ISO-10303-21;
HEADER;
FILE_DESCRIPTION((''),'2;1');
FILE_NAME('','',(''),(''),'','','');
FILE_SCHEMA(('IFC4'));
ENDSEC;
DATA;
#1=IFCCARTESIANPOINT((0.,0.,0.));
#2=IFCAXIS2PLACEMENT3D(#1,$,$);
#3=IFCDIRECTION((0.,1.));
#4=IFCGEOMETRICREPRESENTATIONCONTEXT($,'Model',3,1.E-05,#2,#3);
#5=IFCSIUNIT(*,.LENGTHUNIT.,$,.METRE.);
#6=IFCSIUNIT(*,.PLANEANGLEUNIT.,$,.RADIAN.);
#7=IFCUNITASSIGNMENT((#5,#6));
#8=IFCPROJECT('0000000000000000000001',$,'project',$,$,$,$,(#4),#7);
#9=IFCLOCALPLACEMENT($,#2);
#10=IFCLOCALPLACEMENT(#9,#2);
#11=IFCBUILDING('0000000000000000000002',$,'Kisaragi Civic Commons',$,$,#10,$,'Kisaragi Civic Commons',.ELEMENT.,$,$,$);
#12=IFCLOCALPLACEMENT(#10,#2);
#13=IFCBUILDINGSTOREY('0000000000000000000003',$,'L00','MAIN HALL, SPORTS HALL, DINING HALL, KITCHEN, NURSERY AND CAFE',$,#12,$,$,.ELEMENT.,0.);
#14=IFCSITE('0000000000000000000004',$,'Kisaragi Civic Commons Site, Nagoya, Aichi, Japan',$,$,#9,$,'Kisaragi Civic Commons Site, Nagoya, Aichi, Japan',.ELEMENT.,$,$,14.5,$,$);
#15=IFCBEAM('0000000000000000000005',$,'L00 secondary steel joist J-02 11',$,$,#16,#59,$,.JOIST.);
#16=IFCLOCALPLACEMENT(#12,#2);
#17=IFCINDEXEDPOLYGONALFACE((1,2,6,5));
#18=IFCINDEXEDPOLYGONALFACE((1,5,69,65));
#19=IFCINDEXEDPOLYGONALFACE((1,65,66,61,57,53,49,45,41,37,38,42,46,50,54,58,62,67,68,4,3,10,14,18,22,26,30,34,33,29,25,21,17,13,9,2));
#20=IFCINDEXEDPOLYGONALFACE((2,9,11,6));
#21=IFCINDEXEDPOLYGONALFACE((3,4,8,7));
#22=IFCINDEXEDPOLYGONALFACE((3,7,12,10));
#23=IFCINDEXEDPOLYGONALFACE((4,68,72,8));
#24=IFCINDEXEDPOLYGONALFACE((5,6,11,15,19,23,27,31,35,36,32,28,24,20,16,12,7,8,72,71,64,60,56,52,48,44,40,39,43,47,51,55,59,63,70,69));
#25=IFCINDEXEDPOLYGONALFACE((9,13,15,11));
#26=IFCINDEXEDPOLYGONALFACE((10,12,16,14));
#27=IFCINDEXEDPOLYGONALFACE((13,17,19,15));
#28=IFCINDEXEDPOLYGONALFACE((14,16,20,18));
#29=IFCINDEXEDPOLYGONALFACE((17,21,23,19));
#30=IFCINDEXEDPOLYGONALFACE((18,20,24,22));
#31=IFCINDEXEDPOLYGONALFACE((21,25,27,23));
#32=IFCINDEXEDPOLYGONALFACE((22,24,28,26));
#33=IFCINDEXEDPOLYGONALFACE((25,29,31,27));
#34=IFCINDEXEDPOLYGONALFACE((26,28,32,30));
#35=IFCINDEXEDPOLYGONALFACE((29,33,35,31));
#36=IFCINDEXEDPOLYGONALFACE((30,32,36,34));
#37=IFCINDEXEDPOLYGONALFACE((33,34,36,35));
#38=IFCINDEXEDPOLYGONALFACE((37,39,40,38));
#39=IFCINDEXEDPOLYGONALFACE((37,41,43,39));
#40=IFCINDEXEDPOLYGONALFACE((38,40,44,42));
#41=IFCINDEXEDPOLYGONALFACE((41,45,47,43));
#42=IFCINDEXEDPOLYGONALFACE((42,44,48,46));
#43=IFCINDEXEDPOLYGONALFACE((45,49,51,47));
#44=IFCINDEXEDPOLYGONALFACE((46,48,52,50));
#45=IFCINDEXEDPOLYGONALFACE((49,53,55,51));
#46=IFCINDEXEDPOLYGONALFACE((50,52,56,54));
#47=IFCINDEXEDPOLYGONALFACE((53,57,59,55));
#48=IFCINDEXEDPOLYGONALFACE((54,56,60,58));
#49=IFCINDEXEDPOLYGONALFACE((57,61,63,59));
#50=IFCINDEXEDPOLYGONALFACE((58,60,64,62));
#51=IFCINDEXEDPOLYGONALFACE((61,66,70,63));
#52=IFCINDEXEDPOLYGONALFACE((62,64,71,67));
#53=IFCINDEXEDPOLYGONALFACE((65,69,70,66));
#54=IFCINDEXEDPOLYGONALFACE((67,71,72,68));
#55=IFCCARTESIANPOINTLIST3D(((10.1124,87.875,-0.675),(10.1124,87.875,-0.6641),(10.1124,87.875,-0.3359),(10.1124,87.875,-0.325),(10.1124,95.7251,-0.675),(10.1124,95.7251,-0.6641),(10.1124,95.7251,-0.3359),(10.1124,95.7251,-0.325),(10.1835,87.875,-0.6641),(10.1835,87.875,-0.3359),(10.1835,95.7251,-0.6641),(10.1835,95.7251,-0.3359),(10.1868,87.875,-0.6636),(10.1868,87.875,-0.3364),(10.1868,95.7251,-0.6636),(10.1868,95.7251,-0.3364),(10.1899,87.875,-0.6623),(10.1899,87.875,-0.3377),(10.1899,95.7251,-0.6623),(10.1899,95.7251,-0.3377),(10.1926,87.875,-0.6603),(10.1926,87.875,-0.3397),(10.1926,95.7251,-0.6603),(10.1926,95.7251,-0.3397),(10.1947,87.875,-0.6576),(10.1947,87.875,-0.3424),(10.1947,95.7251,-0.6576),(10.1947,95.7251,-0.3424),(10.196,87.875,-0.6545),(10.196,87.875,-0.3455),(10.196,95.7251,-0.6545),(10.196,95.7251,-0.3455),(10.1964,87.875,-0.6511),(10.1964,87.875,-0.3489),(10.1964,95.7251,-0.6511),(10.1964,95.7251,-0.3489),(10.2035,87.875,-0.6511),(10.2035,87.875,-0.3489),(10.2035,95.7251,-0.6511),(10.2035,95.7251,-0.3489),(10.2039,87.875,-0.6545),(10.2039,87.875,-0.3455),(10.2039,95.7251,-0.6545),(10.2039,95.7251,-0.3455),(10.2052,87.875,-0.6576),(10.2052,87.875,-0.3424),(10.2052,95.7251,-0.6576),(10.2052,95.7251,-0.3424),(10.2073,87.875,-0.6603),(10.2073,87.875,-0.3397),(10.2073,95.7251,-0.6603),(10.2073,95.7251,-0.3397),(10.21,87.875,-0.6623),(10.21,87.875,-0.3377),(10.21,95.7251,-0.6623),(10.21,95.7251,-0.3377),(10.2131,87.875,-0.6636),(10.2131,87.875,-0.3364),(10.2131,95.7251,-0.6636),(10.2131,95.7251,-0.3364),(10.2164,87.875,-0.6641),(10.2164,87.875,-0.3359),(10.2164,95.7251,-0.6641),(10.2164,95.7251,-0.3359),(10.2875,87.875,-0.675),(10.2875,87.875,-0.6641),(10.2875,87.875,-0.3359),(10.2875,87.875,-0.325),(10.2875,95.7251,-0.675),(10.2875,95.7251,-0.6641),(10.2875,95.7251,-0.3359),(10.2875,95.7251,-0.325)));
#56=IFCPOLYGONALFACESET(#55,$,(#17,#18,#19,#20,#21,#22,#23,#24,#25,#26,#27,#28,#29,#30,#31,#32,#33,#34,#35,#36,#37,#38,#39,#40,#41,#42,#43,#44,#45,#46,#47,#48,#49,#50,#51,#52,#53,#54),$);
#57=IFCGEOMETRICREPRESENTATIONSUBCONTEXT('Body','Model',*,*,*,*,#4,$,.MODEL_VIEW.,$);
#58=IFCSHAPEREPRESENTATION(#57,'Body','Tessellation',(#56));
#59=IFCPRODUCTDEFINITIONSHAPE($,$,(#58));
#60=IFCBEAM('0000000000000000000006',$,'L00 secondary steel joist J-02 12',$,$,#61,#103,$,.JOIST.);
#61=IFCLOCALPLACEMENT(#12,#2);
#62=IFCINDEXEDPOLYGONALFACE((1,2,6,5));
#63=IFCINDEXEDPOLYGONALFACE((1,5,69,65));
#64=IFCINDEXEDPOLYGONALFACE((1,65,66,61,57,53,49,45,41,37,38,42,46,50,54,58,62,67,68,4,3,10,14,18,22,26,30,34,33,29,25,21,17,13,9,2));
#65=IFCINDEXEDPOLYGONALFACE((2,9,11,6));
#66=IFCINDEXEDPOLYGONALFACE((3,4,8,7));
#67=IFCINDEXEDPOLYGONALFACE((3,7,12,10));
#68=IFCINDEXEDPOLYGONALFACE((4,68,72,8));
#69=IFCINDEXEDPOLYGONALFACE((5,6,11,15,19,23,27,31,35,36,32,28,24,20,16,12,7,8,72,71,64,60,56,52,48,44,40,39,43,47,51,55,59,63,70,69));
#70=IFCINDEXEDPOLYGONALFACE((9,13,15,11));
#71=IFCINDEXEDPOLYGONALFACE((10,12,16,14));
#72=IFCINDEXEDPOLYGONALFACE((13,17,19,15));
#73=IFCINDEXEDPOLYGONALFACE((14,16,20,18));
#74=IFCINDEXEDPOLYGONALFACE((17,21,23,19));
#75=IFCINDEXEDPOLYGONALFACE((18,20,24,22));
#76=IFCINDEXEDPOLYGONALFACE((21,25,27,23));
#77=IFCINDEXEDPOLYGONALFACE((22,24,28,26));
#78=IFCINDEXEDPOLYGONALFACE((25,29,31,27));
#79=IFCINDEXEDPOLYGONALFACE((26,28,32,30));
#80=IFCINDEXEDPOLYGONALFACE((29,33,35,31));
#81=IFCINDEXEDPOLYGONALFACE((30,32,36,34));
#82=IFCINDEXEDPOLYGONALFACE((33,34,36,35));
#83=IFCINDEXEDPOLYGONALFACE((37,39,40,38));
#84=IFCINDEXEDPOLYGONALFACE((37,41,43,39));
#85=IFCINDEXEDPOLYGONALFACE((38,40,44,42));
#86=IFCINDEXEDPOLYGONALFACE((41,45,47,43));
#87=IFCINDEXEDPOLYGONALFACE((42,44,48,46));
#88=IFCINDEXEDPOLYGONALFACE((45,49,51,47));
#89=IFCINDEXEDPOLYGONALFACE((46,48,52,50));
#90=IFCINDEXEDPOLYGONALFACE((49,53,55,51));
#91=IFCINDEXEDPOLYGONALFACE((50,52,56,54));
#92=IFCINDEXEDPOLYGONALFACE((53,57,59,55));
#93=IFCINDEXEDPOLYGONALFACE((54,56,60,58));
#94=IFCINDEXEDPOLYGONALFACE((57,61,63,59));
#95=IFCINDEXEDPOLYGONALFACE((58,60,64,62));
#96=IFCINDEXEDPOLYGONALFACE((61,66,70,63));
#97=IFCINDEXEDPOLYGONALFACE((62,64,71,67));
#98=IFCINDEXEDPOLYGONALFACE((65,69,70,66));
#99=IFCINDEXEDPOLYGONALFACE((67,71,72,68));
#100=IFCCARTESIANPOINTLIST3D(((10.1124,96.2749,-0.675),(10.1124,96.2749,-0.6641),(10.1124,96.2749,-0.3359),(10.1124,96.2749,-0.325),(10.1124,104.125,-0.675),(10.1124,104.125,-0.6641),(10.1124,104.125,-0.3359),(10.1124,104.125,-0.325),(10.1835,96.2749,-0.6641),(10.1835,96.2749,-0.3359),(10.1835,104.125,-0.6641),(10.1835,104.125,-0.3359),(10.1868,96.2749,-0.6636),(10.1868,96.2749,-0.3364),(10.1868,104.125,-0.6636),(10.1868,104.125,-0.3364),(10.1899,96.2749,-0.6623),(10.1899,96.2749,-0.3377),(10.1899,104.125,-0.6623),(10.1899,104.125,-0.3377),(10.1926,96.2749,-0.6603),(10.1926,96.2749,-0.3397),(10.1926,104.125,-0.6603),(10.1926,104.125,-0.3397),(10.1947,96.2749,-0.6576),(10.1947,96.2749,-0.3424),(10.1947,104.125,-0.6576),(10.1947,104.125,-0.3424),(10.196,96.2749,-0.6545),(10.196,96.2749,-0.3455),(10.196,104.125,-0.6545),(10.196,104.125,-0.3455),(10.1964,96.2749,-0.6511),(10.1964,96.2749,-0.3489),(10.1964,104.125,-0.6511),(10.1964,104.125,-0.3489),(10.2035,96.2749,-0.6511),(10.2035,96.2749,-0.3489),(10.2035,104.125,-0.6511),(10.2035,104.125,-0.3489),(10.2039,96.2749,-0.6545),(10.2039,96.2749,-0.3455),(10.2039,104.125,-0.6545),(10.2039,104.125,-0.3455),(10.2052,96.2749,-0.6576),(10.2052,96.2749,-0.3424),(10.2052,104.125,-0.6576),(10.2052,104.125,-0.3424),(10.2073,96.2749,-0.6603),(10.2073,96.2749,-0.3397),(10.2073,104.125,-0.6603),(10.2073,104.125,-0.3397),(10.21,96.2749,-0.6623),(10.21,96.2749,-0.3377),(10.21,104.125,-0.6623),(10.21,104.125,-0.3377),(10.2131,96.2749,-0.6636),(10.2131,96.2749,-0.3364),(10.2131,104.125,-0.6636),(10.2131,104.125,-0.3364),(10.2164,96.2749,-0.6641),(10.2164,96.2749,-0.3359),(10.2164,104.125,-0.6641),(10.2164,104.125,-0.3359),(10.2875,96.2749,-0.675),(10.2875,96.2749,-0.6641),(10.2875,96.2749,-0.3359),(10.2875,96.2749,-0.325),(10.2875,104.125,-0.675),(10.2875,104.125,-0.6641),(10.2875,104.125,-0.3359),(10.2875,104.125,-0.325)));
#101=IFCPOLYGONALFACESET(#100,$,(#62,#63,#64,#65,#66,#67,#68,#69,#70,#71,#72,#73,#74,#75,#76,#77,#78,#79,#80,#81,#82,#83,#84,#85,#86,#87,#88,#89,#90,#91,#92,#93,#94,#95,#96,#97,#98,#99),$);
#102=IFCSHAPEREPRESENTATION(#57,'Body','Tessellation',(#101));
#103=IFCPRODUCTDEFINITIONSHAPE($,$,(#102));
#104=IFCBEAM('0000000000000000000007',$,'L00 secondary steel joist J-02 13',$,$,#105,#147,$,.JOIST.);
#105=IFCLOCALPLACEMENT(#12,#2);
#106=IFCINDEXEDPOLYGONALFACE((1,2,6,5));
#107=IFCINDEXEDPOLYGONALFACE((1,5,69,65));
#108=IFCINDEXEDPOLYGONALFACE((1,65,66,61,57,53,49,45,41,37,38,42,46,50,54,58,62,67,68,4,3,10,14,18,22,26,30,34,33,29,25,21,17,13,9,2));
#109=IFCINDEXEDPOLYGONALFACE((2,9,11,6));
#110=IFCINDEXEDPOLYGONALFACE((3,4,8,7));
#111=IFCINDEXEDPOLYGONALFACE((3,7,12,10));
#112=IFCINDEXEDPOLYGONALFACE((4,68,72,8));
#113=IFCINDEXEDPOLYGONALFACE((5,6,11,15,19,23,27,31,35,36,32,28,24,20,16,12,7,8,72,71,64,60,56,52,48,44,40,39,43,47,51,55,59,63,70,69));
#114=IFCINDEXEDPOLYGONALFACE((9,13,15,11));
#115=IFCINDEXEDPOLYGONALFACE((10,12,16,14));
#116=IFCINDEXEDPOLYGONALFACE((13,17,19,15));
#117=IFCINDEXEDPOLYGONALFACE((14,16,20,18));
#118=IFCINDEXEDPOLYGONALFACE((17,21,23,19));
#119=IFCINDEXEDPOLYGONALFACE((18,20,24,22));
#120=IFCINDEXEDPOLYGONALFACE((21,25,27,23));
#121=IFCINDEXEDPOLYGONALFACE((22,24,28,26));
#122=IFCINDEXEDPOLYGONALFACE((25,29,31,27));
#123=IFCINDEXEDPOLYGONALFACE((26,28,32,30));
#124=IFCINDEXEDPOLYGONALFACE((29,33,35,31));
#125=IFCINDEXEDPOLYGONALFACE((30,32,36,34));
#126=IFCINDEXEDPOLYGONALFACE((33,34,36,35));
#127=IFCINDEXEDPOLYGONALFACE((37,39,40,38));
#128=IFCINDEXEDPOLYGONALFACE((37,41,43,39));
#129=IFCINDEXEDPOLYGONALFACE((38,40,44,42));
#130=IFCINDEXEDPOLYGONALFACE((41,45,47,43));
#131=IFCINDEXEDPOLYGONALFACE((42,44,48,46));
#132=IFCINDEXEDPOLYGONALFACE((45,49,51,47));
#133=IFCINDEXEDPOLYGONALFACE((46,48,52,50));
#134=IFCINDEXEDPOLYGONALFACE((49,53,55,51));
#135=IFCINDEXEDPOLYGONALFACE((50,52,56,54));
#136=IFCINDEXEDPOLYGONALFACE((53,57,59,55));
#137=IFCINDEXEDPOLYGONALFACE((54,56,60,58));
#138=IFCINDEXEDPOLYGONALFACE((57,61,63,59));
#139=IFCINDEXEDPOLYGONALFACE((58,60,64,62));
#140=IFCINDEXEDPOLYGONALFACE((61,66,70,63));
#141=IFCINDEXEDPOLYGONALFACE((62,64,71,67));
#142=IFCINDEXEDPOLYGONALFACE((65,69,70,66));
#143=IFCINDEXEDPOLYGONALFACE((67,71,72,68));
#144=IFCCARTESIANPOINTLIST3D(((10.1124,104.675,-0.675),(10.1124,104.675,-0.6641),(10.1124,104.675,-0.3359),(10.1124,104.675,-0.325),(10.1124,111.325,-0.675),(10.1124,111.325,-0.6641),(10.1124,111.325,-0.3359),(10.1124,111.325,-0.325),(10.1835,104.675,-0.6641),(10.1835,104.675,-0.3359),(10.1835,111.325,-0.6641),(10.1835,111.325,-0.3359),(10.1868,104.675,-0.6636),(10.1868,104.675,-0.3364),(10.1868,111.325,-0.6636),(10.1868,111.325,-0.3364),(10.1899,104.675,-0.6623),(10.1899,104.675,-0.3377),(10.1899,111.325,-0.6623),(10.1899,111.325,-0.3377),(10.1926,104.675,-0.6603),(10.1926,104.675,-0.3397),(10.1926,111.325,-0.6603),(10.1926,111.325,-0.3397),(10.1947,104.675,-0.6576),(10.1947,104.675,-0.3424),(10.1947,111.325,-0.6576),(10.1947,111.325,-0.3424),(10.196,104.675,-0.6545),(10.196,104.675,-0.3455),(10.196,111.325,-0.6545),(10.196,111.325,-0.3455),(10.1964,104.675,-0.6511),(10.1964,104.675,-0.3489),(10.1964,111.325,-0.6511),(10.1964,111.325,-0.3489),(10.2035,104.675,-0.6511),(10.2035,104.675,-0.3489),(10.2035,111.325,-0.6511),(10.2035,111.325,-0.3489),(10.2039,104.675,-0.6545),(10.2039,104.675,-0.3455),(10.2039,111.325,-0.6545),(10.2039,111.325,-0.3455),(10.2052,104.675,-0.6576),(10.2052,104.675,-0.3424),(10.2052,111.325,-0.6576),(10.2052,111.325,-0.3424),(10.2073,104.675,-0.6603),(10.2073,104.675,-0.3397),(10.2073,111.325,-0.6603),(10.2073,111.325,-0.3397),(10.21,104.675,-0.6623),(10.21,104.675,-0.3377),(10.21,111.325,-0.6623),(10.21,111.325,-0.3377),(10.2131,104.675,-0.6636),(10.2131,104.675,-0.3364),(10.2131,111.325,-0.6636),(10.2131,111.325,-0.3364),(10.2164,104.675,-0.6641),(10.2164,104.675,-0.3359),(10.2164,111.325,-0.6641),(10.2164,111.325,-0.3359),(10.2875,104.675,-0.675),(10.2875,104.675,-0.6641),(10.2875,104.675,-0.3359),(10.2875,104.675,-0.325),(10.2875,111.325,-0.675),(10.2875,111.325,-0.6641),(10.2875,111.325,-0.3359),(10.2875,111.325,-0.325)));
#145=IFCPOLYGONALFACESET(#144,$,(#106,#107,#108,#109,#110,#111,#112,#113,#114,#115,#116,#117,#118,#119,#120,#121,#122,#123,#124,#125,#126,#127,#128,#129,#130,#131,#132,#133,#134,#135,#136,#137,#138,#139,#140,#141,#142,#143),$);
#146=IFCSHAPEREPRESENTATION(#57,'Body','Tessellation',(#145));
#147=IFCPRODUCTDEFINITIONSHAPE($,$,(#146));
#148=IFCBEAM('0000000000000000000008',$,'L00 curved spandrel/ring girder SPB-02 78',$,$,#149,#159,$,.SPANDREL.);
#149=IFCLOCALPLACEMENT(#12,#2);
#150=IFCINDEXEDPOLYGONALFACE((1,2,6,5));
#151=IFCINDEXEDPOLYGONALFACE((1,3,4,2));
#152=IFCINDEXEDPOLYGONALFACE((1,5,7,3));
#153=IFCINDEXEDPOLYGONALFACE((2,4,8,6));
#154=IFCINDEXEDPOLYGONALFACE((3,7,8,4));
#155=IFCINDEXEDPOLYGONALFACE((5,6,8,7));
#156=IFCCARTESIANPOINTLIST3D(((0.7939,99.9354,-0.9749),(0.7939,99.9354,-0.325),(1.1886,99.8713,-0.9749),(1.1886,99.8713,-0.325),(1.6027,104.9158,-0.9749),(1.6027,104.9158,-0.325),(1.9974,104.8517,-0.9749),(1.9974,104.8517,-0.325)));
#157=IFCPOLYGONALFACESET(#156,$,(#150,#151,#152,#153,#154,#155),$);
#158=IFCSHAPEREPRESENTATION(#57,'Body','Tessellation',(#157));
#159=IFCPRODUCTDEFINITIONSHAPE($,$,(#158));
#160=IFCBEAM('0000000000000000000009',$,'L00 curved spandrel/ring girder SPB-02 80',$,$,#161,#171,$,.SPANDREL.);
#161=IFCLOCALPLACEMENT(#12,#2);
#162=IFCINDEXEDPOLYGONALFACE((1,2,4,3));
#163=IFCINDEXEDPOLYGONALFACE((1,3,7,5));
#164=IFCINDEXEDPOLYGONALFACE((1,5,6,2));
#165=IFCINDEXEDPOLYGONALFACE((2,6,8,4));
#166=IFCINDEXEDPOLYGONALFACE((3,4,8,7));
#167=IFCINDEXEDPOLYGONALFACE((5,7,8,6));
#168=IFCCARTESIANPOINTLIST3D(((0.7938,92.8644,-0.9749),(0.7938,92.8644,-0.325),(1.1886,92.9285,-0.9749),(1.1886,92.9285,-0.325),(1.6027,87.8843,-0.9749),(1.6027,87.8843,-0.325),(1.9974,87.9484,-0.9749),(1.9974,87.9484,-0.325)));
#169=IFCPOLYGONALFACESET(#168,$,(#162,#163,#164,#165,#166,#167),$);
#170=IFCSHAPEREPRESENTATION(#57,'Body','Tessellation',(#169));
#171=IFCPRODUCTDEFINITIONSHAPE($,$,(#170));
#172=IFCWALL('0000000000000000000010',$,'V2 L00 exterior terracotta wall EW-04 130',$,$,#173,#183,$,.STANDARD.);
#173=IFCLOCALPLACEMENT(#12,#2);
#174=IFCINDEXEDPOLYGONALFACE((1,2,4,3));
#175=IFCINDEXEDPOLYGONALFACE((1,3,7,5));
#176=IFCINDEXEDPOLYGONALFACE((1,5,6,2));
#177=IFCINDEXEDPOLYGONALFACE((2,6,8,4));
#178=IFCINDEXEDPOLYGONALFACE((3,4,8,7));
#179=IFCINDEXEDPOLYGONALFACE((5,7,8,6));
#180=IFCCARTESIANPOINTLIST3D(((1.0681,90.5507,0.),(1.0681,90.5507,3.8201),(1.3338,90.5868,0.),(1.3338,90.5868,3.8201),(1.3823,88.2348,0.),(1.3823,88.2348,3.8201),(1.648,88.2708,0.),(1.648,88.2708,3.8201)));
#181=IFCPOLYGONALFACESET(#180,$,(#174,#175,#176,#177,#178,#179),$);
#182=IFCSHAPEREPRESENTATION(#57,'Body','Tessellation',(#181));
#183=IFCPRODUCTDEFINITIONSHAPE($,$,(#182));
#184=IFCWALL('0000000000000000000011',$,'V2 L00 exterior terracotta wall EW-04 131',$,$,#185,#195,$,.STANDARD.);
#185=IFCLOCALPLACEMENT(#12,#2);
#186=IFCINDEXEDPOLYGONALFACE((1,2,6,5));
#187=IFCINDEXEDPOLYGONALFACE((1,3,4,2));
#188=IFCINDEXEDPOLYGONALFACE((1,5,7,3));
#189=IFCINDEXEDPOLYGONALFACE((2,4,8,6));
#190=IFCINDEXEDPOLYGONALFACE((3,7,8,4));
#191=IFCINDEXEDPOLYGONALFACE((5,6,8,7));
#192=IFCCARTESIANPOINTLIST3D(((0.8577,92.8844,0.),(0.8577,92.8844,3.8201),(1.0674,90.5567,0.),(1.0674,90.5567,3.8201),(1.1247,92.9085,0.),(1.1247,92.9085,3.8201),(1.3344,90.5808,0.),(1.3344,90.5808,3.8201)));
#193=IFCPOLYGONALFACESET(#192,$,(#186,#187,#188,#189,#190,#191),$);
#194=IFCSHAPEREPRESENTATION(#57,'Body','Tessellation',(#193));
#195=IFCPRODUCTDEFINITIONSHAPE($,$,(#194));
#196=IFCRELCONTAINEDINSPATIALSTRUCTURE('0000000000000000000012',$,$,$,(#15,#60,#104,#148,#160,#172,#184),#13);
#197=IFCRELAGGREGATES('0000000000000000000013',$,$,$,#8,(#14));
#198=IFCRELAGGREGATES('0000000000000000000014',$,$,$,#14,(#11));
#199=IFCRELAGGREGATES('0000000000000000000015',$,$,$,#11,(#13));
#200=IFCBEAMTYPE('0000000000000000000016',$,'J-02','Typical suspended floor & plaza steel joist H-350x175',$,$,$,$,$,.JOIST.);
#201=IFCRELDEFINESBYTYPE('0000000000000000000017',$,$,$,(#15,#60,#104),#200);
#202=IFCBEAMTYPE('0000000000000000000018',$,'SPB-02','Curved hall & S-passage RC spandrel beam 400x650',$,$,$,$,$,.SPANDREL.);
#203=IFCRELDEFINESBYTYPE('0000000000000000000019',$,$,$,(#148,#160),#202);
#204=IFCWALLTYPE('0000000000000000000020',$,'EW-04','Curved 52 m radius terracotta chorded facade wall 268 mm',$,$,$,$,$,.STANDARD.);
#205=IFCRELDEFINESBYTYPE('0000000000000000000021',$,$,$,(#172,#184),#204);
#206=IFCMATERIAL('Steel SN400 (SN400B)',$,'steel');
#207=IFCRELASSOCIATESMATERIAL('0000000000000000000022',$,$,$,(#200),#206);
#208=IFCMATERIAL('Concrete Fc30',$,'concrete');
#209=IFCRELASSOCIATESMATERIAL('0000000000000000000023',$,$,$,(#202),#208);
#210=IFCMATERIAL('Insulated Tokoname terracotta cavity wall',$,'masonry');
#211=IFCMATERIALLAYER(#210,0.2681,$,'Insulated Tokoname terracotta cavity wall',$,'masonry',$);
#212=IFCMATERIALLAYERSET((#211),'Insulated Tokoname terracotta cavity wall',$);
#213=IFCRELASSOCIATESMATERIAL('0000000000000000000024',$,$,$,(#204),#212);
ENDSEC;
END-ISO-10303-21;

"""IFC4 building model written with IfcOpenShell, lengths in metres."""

from ifc_helpers import new_model, si_unit, direction, frame, frame_2d, origin, origin_2d, place, context, subcontext, project, spatial, rectangle, i_section, extrude, material, layer, layer_set, material_profile, profile_set, type_object, element, save


model = new_model("IFC4")

# Units and contexts
model_context = context("Model", 3, precision=1e-05, world=origin(), true_north=direction((0.0, 1.0)))
body_context = subcontext(model_context, "Body", "Model", "MODEL_VIEW")
ifc_project = project(units=[si_unit("LENGTHUNIT", "METRE"), si_unit("PLANEANGLEUNIT", "RADIAN")], contexts=[model_context])

# Site, building, storey
site_placement = place(None, origin())
site = spatial("IfcSite", under=ifc_project, at=site_placement, Name="Kisaragi Civic Commons Site, Nagoya, Aichi, Japan", LongName="Kisaragi Civic Commons Site, Nagoya, Aichi, Japan", CompositionType="ELEMENT", RefElevation=14.5)
building_placement = place(site_placement, origin())
building = spatial("IfcBuilding", under=site, at=building_placement, Name="Kisaragi Civic Commons", LongName="Kisaragi Civic Commons", CompositionType="ELEMENT")
storey_placement = place(building_placement, origin())
storey = spatial("IfcBuildingStorey", under=building, at=storey_placement, Name="L00", Description="MAIN HALL, SPORTS HALL, DINING HALL, KITCHEN, NURSERY AND CAFE", CompositionType="ELEMENT", Elevation=0.0)

# Shared definitions
ifc_material_1 = material(Name="Concrete Fc30", Category="concrete")

# Beams
ifc_material_2 = material(Name="Steel SN400 (SN400B)", Category="steel")
ifc_material_profile_1 = material_profile(ifc_material_2, i_section(OverallWidth=0.175, OverallDepth=0.3501, WebThickness=0.0071, FlangeThickness=0.011, FilletRadius=0.0129, at=origin_2d()), Name="H-350x175x7x11", Category="steel")
ifc_profile_set_1 = profile_set([ifc_material_profile_1], Name="Steel SN400 (SN400B)")
beam_type_1 = type_object("IfcBeamType", Name="J-02", Description="Typical suspended floor & plaza steel joist H-350x175", PredefinedType="JOIST", material=ifc_profile_set_1)
for number, where, z_axis, x_axis, name in (
    (1, (10.2, 87.875, -0.5), (0.0, 1.0, 0.0), (-1.0, 0.0, 0.0), "L00 secondary steel joist J-02 11"),
    (2, (10.2, 96.2749, -0.5), (0.0, 1.0, 0.0), (-1.0, 0.0, 0.0), "L00 secondary steel joist J-02 12"),
):
    element("IfcBeam", number, at=place(storey_placement, frame(where, z_axis=z_axis, x_axis=x_axis)), inside=storey, type_object=beam_type_1, Name=name, PredefinedType="JOIST", context=body_context, shape_type="SweptSolid", body=[
        extrude(i_section(OverallWidth=0.175, OverallDepth=0.3501, WebThickness=0.0071, FlangeThickness=0.011, FilletRadius=0.0129, at=origin_2d()), origin(), (0.0, 0.0, 1.0), 7.8501),
    ])
beam_1_placement = place(storey_placement, frame((10.2, 104.675, -0.5), z_axis=(0.0, 1.0, 0.0), x_axis=(-1.0, 0.0, 0.0)))
element("IfcBeam", 3, at=beam_1_placement, inside=storey, type_object=beam_type_1, Name="L00 secondary steel joist J-02 13", PredefinedType="JOIST", context=body_context, shape_type="SweptSolid", body=[
    extrude(i_section(OverallWidth=0.175, OverallDepth=0.3501, WebThickness=0.0071, FlangeThickness=0.011, FilletRadius=0.0129, at=origin_2d()), origin(), (0.0, 0.0, 1.0), 6.6499),
])
ifc_material_profile_2 = material_profile(ifc_material_1, rectangle(XDim=0.3999, YDim=0.6499, at=origin_2d()), Name="RC-400x650", Category="concrete")
ifc_profile_set_2 = profile_set([ifc_material_profile_2], Name="Concrete Fc30")
beam_type_2 = type_object("IfcBeamType", Name="SPB-02", Description="Curved hall & S-passage RC spandrel beam 400x650", PredefinedType="SPANDREL", material=ifc_profile_set_2)
beam_2_placement = place(storey_placement, frame((1.8, 104.8838, -0.6499), z_axis=(-0.160302, -0.987068, 0.0), x_axis=(0.987068, -0.160302, 0.0)))
element("IfcBeam", 4, at=beam_2_placement, inside=storey, type_object=beam_type_2, Name="L00 curved spandrel/ring girder SPB-02 78", PredefinedType="SPANDREL", context=body_context, shape_type="SweptSolid", body=[
    extrude(rectangle(XDim=0.3999, YDim=0.6499, at=origin_2d()), origin(), (0.0, 0.0, 1.0), 5.0457),
])
beam_3_placement = place(storey_placement, frame((0.9912, 92.8965, -0.6499), z_axis=(0.160309, -0.987067, 0.0), x_axis=(0.987067, 0.160309, 0.0)))
element("IfcBeam", 5, at=beam_3_placement, inside=storey, type_object=beam_type_2, Name="L00 curved spandrel/ring girder SPB-02 80", PredefinedType="SPANDREL", context=body_context, shape_type="SweptSolid", body=[
    extrude(rectangle(XDim=0.3999, YDim=0.6499, at=origin_2d()), origin(), (0.0, 0.0, 1.0), 5.0454),
])

# Walls
ifc_material_3 = material(Name="Insulated Tokoname terracotta cavity wall", Category="masonry")
ifc_layer_1 = layer(ifc_material_3, 0.2681, Name="Insulated Tokoname terracotta cavity wall", Category="masonry")
ifc_layer_set_1 = layer_set([ifc_layer_1], Name="Insulated Tokoname terracotta cavity wall")
wall_type_1 = type_object("IfcWallType", Name="EW-04", Description="Curved 52 m radius terracotta chorded facade wall 268 mm", PredefinedType="STANDARD", material=ifc_layer_set_1)
for number, where, z_axis, x_axis, name in (
    (6, (1.5151, 88.2529, 0.0), (0.0, 0.0, 1.0), (-0.134442, 0.990921, 0.0), "V2 L00 exterior terracotta wall EW-04 130"),
    (7, (1.2009, 90.5688, 0.0), (0.0, 0.0, 1.0), (-0.089735, 0.995966, 0.0), "V2 L00 exterior terracotta wall EW-04 131"),
):
    element("IfcWall", number, at=place(storey_placement, frame(where, z_axis=z_axis, x_axis=x_axis)), inside=storey, type_object=wall_type_1, Name=name, PredefinedType="STANDARD", context=body_context, shape_type="SweptSolid", body=[
        extrude(rectangle(XDim=2.3372, YDim=0.2681, at=frame_2d((1.1685, 0.0))), origin(), (0.0, 0.0, 1.0), 3.8201),
    ])

save(model, "model.ifc")
